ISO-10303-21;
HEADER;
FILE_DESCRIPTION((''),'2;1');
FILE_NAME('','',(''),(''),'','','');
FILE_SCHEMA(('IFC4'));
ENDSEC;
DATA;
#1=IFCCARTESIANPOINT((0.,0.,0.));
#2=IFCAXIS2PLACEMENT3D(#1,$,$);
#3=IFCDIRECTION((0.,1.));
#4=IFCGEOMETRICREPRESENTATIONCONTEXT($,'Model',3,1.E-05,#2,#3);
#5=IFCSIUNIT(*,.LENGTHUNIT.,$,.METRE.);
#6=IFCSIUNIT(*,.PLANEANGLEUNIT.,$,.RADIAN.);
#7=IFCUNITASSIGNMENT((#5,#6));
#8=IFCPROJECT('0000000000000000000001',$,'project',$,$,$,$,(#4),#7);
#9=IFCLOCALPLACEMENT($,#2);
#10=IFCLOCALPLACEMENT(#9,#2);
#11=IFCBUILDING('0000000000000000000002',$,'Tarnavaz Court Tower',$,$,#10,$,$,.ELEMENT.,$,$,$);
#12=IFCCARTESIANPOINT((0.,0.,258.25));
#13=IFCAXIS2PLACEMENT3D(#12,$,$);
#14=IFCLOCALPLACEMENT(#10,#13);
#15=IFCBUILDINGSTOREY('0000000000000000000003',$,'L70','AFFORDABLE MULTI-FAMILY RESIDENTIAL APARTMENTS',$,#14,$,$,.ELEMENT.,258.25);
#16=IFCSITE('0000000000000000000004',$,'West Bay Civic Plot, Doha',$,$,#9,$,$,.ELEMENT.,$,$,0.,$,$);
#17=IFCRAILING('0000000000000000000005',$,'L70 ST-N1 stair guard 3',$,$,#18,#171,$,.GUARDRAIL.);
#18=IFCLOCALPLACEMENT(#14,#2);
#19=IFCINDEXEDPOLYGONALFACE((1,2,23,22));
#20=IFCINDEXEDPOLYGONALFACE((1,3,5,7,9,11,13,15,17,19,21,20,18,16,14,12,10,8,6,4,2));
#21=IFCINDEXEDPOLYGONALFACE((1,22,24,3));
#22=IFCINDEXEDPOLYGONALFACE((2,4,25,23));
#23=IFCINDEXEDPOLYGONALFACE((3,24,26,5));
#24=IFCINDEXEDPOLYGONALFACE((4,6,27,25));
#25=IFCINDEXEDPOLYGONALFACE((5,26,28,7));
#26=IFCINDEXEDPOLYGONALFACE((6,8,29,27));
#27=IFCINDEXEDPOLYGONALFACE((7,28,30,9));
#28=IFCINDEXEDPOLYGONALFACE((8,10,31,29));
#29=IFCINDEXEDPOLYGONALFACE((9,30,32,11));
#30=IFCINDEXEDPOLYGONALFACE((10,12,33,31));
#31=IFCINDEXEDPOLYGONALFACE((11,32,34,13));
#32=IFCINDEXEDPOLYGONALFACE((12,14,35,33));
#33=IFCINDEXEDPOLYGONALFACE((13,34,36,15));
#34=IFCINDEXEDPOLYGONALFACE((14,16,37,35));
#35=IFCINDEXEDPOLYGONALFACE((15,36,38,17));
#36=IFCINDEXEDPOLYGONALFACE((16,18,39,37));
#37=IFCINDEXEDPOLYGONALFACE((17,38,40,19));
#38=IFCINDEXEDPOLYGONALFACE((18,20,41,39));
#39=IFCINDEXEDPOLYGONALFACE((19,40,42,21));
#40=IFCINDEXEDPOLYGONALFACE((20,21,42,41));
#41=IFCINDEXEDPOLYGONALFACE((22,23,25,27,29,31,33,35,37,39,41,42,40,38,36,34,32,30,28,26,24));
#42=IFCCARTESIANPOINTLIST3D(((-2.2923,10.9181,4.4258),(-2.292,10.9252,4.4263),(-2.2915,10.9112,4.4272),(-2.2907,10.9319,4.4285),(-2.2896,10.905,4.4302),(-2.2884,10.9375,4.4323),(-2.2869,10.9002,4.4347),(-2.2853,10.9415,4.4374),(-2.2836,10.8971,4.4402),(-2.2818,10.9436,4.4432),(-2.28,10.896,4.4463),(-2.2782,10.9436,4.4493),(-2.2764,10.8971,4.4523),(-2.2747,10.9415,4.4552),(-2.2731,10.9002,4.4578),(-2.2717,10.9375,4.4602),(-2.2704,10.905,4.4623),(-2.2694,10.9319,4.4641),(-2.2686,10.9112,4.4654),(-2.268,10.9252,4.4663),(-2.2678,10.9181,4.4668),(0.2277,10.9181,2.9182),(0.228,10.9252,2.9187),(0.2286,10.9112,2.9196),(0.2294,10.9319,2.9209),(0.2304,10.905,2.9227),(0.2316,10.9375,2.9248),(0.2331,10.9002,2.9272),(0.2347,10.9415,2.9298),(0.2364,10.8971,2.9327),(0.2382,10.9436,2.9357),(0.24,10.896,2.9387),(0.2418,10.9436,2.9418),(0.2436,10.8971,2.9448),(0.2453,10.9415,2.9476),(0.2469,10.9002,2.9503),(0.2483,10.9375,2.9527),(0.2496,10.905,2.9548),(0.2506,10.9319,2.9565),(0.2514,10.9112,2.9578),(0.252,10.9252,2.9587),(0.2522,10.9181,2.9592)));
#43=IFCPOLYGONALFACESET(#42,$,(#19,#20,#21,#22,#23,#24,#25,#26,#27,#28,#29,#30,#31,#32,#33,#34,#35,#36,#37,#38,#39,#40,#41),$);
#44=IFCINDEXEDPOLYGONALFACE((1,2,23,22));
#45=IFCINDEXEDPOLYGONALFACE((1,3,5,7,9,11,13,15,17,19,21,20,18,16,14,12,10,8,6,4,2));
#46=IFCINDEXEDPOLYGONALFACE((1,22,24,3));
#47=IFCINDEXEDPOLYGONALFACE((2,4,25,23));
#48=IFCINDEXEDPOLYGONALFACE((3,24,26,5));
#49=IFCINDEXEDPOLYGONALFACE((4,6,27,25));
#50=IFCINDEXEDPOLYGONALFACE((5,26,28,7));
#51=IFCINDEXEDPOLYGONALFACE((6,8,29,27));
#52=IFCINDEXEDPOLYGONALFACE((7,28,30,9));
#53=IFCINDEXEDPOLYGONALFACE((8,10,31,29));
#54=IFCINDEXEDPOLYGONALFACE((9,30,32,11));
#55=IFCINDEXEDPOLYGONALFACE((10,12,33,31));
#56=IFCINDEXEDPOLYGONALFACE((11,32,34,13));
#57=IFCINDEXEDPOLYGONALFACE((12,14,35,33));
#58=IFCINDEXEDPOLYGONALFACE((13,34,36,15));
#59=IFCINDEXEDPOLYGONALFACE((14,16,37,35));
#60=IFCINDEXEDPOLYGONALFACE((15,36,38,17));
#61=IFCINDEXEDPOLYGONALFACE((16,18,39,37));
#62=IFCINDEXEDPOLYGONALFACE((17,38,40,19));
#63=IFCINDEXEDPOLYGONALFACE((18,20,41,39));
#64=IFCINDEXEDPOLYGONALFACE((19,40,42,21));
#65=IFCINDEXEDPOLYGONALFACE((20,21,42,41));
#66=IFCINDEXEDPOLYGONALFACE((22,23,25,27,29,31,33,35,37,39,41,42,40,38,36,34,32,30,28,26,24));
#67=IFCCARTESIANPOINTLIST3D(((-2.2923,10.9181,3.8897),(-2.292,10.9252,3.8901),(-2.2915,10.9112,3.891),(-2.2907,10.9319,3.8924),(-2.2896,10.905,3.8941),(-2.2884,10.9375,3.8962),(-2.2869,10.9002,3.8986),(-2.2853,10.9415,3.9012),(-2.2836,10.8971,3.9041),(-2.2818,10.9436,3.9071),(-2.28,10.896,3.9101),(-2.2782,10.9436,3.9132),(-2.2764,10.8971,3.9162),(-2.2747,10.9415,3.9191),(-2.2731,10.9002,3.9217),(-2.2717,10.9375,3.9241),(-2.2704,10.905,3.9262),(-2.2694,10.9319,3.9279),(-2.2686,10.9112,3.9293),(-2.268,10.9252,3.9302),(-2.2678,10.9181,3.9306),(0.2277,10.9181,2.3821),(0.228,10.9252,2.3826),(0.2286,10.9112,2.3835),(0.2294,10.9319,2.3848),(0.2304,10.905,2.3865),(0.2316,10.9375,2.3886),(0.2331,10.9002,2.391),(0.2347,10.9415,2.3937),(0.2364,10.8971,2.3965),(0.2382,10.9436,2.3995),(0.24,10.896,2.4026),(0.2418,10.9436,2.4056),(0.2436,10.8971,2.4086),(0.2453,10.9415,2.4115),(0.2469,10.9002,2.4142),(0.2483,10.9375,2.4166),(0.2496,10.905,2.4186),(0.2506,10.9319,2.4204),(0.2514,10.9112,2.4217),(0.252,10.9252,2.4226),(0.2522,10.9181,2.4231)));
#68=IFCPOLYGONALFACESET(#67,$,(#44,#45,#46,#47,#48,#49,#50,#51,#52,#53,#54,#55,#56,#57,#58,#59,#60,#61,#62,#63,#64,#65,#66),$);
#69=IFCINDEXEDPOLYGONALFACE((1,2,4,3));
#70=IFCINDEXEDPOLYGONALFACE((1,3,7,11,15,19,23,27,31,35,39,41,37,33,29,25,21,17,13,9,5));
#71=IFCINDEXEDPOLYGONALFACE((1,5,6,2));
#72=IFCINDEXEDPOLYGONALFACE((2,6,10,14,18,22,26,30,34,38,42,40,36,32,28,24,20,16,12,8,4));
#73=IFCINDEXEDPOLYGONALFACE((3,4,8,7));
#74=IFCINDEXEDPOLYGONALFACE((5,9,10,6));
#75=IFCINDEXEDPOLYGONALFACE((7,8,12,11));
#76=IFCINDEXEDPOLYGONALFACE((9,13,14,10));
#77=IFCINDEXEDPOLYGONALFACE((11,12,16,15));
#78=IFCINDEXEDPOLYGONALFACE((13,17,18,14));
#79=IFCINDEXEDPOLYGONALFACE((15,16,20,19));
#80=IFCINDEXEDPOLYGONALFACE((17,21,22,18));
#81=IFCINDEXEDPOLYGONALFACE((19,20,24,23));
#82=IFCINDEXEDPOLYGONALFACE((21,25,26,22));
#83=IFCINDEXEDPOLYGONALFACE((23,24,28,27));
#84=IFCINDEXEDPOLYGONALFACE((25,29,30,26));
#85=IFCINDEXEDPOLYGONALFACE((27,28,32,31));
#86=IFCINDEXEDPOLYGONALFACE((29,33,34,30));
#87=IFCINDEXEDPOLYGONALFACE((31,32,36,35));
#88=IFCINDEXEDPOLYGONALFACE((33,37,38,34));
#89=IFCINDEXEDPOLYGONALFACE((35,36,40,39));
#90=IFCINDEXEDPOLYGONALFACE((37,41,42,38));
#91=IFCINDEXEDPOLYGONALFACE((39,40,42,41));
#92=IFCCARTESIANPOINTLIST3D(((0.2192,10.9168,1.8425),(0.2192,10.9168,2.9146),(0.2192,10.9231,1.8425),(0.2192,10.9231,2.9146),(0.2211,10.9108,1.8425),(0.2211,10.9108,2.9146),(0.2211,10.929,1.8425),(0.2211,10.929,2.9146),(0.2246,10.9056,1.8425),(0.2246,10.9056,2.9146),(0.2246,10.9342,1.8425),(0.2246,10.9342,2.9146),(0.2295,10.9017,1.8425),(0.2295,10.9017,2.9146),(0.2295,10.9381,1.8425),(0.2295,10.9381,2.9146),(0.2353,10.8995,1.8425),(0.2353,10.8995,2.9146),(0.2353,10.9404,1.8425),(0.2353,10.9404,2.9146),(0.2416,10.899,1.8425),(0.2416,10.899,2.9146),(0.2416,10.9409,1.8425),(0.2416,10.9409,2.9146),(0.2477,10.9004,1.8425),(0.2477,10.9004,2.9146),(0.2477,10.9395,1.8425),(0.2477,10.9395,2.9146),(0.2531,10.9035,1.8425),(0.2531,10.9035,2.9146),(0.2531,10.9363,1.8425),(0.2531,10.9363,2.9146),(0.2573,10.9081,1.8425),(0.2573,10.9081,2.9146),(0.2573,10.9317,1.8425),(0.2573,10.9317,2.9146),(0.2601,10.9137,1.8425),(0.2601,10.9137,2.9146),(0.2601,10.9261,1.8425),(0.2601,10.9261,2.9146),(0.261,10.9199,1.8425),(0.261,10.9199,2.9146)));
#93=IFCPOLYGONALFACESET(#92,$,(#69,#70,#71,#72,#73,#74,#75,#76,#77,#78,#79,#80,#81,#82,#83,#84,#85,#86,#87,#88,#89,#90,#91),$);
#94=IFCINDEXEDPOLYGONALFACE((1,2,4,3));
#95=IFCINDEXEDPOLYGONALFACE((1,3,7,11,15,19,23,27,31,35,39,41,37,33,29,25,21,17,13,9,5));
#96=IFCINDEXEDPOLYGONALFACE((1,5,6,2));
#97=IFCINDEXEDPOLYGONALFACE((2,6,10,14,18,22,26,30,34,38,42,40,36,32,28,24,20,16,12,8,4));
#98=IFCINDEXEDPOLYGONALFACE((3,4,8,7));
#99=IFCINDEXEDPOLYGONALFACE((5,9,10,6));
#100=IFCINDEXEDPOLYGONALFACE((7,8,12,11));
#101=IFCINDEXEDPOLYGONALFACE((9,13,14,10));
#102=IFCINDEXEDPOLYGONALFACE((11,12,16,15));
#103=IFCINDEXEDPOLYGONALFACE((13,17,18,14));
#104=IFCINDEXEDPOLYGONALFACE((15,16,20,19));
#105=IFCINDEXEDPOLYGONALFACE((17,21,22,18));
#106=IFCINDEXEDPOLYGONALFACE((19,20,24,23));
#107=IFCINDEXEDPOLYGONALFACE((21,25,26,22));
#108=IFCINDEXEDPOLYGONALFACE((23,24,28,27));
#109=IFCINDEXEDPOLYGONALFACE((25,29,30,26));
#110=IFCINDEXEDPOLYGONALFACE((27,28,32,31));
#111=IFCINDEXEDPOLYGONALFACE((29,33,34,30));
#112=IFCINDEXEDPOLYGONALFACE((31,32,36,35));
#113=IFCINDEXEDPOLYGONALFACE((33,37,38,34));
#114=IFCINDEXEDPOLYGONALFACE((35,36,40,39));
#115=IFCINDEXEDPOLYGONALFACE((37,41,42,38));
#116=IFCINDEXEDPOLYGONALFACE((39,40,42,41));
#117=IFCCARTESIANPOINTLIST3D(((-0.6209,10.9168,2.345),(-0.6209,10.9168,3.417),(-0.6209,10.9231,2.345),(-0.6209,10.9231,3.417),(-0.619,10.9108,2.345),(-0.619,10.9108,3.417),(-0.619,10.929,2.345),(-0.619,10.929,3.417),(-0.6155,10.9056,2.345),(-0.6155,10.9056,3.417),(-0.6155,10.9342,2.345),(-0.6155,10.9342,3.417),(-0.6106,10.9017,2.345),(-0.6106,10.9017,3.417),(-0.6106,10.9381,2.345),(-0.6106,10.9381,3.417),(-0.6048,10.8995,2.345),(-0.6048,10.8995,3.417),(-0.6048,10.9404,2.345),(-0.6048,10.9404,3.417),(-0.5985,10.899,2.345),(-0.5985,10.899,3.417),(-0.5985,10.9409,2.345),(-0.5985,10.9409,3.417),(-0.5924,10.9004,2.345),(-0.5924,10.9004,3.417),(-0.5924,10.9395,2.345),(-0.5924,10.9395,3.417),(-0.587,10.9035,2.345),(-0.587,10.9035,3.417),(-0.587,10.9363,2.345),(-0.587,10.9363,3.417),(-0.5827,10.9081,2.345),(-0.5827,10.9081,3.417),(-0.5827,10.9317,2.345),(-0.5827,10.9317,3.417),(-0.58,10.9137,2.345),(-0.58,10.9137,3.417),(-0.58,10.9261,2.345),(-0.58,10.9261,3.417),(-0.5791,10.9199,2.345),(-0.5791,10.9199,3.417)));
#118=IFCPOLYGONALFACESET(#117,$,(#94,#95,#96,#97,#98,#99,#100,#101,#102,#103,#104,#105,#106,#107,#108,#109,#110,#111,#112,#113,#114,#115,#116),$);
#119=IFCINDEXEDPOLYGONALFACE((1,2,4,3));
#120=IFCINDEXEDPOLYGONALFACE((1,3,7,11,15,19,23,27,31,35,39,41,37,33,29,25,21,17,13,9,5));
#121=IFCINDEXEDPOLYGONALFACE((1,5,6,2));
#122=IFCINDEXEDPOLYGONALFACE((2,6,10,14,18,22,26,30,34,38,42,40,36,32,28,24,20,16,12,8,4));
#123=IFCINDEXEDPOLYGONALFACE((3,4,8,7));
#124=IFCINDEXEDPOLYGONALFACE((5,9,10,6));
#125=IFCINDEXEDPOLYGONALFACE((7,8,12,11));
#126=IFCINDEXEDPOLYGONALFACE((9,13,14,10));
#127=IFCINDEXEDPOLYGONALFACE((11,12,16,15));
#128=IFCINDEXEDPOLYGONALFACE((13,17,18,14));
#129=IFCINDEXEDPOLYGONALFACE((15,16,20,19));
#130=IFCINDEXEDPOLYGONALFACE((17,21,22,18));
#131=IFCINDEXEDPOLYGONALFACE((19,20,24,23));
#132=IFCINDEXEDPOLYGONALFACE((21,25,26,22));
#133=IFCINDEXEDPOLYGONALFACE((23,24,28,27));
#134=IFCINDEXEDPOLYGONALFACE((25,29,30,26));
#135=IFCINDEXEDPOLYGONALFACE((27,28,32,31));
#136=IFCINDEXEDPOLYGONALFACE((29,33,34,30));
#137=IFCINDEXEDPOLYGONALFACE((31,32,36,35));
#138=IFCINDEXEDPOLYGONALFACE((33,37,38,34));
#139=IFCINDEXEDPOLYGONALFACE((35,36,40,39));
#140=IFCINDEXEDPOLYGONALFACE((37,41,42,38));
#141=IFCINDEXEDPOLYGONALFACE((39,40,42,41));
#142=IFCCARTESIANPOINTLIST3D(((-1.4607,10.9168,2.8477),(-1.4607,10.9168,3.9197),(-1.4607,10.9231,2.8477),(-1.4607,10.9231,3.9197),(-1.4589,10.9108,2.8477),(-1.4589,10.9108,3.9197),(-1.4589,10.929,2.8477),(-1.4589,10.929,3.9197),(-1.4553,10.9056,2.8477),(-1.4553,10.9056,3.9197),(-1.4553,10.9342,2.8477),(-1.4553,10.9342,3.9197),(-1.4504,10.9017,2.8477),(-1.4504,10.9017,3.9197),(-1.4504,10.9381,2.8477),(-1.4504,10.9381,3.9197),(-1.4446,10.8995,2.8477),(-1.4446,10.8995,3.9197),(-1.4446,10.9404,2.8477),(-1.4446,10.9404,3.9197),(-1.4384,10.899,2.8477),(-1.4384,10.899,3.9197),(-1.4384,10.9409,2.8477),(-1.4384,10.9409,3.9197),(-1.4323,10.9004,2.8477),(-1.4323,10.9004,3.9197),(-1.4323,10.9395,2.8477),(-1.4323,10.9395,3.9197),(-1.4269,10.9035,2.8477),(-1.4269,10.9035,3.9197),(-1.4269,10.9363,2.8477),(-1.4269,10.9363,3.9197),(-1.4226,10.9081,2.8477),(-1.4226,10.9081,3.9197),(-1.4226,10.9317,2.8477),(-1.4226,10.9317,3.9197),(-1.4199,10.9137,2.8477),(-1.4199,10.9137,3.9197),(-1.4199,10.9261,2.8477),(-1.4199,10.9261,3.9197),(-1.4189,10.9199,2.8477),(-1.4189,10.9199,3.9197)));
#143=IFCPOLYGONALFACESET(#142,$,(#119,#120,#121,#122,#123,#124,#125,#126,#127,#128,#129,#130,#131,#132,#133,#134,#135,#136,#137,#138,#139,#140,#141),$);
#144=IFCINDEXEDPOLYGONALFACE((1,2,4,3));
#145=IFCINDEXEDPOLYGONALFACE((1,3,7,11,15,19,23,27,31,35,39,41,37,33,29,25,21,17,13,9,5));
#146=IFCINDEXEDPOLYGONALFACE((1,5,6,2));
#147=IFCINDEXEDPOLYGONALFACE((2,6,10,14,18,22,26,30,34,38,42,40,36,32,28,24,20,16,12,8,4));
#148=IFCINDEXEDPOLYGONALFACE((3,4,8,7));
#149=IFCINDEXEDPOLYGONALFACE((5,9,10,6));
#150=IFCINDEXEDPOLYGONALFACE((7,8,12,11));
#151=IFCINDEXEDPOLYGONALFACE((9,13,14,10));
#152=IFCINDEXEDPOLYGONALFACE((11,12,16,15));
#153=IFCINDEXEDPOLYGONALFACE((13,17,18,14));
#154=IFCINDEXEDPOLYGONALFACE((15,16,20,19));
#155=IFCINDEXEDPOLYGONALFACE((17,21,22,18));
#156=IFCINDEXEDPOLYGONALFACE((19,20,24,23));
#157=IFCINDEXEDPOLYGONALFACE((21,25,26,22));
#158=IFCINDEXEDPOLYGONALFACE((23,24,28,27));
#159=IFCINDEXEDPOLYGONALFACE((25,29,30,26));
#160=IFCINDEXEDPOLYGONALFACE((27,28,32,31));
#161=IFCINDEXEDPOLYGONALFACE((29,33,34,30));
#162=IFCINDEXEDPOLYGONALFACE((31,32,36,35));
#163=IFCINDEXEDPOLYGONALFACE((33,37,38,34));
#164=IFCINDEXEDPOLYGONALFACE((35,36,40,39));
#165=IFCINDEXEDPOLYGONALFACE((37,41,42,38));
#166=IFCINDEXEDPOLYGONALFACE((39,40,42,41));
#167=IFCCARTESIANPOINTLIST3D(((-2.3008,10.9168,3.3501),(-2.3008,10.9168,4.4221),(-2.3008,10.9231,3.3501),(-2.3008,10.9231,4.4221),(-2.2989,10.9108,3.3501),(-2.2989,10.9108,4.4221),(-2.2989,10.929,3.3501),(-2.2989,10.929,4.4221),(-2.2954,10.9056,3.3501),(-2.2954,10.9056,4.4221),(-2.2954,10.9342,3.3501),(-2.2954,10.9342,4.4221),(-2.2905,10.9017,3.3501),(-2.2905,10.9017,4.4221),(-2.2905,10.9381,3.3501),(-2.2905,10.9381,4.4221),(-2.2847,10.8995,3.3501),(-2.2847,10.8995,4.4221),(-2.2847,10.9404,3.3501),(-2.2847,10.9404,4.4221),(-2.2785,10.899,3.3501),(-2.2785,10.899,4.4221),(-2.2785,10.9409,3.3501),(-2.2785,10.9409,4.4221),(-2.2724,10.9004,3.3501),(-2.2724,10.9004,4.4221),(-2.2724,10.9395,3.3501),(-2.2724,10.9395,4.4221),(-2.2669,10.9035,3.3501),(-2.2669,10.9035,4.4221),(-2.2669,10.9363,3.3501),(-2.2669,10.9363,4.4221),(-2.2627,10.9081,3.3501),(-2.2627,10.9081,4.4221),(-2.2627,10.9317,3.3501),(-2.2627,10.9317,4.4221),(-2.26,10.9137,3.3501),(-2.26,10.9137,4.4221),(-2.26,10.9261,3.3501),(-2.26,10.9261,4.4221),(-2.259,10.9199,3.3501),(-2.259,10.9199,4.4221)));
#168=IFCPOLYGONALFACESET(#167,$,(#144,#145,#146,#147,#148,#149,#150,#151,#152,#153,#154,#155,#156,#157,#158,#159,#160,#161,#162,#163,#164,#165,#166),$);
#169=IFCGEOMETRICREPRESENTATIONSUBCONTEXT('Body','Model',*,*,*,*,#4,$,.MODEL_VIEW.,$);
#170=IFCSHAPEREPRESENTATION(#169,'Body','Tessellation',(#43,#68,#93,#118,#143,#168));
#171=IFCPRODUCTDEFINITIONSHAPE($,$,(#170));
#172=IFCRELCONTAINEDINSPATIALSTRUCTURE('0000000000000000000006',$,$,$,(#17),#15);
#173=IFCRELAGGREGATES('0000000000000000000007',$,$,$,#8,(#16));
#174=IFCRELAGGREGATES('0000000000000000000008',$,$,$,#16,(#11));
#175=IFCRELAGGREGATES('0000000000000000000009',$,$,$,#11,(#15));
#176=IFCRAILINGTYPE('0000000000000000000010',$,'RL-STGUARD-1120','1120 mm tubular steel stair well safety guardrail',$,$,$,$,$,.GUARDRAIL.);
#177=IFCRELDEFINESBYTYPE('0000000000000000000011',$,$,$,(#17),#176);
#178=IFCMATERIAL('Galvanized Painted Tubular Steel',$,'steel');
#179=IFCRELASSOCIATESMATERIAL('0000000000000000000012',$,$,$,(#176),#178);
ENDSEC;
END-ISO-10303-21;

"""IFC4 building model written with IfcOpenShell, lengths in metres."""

from ifc_helpers import new_model, si_unit, direction, frame, origin, origin_2d, place, context, subcontext, project, spatial, circle, extrude, material, type_object, element, save


model = new_model("IFC4")

# Units and contexts
model_context = context("Model", 3, precision=1e-05, world=origin(), true_north=direction((0.0, 1.0)))
body_context = subcontext(model_context, "Body", "Model", "MODEL_VIEW")
ifc_project = project(units=[si_unit("LENGTHUNIT", "METRE"), si_unit("PLANEANGLEUNIT", "RADIAN")], contexts=[model_context])

# Site, building, storey
site_placement = place(None, origin())
site = spatial("IfcSite", under=ifc_project, at=site_placement, Name="West Bay Civic Plot, Doha", CompositionType="ELEMENT", RefElevation=0.0)
building_placement = place(site_placement, origin())
building = spatial("IfcBuilding", under=site, at=building_placement, Name="Tarnavaz Court Tower", CompositionType="ELEMENT")
storey_placement = place(building_placement, frame((0.0, 0.0, 258.25)))
storey = spatial("IfcBuildingStorey", under=building, at=storey_placement, Name="L70", Description="AFFORDABLE MULTI-FAMILY RESIDENTIAL APARTMENTS", CompositionType="ELEMENT", Elevation=258.25)

# Railing
ifc_material_1 = material(Name="Galvanized Painted Tubular Steel", Category="steel")
railing_type_1 = type_object("IfcRailingType", Name="RL-STGUARD-1120", Description="1120 mm tubular steel stair well safety guardrail", PredefinedType="GUARDRAIL", material=ifc_material_1)
railing_1_placement = place(storey_placement, frame((0.24, 10.9199, 1.8425)))
element("IfcRailing", 1, at=railing_1_placement, inside=storey, type_object=railing_type_1, Name="L70 ST-N1 stair guard 3", PredefinedType="GUARDRAIL", context=body_context, shape_type="SweptSolid", body=[
    extrude(circle(Radius=0.0239, at=origin_2d()), frame((0.0, 0.0, 1.0962), z_axis=(-0.85816, 0.0, 0.513383), x_axis=(0.0, -1.0, 0.0)), (0.0, 0.0, 1.0), 2.9365),
    extrude(circle(Radius=0.0239, at=origin_2d()), frame((0.0, 0.0, 0.5601), z_axis=(-0.85816, 0.0, 0.513383), x_axis=(0.0, -1.0, 0.0)), (0.0, 0.0, 1.0), 2.9365),
    extrude(circle(Radius=0.021, at=origin_2d()), origin(), (0.0, 0.0, 1.0), 1.072),
    extrude(circle(Radius=0.021, at=origin_2d()), frame((-0.8401, 0.0, 0.5024)), (0.0, 0.0, 1.0), 1.072),
    extrude(circle(Radius=0.021, at=origin_2d()), frame((-1.6799, 0.0, 1.0051)), (0.0, 0.0, 1.0), 1.072),
    extrude(circle(Radius=0.021, at=origin_2d()), frame((-2.52, 0.0, 1.5076)), (0.0, 0.0, 1.0), 1.072),
])

save(model, "model.ifc")
